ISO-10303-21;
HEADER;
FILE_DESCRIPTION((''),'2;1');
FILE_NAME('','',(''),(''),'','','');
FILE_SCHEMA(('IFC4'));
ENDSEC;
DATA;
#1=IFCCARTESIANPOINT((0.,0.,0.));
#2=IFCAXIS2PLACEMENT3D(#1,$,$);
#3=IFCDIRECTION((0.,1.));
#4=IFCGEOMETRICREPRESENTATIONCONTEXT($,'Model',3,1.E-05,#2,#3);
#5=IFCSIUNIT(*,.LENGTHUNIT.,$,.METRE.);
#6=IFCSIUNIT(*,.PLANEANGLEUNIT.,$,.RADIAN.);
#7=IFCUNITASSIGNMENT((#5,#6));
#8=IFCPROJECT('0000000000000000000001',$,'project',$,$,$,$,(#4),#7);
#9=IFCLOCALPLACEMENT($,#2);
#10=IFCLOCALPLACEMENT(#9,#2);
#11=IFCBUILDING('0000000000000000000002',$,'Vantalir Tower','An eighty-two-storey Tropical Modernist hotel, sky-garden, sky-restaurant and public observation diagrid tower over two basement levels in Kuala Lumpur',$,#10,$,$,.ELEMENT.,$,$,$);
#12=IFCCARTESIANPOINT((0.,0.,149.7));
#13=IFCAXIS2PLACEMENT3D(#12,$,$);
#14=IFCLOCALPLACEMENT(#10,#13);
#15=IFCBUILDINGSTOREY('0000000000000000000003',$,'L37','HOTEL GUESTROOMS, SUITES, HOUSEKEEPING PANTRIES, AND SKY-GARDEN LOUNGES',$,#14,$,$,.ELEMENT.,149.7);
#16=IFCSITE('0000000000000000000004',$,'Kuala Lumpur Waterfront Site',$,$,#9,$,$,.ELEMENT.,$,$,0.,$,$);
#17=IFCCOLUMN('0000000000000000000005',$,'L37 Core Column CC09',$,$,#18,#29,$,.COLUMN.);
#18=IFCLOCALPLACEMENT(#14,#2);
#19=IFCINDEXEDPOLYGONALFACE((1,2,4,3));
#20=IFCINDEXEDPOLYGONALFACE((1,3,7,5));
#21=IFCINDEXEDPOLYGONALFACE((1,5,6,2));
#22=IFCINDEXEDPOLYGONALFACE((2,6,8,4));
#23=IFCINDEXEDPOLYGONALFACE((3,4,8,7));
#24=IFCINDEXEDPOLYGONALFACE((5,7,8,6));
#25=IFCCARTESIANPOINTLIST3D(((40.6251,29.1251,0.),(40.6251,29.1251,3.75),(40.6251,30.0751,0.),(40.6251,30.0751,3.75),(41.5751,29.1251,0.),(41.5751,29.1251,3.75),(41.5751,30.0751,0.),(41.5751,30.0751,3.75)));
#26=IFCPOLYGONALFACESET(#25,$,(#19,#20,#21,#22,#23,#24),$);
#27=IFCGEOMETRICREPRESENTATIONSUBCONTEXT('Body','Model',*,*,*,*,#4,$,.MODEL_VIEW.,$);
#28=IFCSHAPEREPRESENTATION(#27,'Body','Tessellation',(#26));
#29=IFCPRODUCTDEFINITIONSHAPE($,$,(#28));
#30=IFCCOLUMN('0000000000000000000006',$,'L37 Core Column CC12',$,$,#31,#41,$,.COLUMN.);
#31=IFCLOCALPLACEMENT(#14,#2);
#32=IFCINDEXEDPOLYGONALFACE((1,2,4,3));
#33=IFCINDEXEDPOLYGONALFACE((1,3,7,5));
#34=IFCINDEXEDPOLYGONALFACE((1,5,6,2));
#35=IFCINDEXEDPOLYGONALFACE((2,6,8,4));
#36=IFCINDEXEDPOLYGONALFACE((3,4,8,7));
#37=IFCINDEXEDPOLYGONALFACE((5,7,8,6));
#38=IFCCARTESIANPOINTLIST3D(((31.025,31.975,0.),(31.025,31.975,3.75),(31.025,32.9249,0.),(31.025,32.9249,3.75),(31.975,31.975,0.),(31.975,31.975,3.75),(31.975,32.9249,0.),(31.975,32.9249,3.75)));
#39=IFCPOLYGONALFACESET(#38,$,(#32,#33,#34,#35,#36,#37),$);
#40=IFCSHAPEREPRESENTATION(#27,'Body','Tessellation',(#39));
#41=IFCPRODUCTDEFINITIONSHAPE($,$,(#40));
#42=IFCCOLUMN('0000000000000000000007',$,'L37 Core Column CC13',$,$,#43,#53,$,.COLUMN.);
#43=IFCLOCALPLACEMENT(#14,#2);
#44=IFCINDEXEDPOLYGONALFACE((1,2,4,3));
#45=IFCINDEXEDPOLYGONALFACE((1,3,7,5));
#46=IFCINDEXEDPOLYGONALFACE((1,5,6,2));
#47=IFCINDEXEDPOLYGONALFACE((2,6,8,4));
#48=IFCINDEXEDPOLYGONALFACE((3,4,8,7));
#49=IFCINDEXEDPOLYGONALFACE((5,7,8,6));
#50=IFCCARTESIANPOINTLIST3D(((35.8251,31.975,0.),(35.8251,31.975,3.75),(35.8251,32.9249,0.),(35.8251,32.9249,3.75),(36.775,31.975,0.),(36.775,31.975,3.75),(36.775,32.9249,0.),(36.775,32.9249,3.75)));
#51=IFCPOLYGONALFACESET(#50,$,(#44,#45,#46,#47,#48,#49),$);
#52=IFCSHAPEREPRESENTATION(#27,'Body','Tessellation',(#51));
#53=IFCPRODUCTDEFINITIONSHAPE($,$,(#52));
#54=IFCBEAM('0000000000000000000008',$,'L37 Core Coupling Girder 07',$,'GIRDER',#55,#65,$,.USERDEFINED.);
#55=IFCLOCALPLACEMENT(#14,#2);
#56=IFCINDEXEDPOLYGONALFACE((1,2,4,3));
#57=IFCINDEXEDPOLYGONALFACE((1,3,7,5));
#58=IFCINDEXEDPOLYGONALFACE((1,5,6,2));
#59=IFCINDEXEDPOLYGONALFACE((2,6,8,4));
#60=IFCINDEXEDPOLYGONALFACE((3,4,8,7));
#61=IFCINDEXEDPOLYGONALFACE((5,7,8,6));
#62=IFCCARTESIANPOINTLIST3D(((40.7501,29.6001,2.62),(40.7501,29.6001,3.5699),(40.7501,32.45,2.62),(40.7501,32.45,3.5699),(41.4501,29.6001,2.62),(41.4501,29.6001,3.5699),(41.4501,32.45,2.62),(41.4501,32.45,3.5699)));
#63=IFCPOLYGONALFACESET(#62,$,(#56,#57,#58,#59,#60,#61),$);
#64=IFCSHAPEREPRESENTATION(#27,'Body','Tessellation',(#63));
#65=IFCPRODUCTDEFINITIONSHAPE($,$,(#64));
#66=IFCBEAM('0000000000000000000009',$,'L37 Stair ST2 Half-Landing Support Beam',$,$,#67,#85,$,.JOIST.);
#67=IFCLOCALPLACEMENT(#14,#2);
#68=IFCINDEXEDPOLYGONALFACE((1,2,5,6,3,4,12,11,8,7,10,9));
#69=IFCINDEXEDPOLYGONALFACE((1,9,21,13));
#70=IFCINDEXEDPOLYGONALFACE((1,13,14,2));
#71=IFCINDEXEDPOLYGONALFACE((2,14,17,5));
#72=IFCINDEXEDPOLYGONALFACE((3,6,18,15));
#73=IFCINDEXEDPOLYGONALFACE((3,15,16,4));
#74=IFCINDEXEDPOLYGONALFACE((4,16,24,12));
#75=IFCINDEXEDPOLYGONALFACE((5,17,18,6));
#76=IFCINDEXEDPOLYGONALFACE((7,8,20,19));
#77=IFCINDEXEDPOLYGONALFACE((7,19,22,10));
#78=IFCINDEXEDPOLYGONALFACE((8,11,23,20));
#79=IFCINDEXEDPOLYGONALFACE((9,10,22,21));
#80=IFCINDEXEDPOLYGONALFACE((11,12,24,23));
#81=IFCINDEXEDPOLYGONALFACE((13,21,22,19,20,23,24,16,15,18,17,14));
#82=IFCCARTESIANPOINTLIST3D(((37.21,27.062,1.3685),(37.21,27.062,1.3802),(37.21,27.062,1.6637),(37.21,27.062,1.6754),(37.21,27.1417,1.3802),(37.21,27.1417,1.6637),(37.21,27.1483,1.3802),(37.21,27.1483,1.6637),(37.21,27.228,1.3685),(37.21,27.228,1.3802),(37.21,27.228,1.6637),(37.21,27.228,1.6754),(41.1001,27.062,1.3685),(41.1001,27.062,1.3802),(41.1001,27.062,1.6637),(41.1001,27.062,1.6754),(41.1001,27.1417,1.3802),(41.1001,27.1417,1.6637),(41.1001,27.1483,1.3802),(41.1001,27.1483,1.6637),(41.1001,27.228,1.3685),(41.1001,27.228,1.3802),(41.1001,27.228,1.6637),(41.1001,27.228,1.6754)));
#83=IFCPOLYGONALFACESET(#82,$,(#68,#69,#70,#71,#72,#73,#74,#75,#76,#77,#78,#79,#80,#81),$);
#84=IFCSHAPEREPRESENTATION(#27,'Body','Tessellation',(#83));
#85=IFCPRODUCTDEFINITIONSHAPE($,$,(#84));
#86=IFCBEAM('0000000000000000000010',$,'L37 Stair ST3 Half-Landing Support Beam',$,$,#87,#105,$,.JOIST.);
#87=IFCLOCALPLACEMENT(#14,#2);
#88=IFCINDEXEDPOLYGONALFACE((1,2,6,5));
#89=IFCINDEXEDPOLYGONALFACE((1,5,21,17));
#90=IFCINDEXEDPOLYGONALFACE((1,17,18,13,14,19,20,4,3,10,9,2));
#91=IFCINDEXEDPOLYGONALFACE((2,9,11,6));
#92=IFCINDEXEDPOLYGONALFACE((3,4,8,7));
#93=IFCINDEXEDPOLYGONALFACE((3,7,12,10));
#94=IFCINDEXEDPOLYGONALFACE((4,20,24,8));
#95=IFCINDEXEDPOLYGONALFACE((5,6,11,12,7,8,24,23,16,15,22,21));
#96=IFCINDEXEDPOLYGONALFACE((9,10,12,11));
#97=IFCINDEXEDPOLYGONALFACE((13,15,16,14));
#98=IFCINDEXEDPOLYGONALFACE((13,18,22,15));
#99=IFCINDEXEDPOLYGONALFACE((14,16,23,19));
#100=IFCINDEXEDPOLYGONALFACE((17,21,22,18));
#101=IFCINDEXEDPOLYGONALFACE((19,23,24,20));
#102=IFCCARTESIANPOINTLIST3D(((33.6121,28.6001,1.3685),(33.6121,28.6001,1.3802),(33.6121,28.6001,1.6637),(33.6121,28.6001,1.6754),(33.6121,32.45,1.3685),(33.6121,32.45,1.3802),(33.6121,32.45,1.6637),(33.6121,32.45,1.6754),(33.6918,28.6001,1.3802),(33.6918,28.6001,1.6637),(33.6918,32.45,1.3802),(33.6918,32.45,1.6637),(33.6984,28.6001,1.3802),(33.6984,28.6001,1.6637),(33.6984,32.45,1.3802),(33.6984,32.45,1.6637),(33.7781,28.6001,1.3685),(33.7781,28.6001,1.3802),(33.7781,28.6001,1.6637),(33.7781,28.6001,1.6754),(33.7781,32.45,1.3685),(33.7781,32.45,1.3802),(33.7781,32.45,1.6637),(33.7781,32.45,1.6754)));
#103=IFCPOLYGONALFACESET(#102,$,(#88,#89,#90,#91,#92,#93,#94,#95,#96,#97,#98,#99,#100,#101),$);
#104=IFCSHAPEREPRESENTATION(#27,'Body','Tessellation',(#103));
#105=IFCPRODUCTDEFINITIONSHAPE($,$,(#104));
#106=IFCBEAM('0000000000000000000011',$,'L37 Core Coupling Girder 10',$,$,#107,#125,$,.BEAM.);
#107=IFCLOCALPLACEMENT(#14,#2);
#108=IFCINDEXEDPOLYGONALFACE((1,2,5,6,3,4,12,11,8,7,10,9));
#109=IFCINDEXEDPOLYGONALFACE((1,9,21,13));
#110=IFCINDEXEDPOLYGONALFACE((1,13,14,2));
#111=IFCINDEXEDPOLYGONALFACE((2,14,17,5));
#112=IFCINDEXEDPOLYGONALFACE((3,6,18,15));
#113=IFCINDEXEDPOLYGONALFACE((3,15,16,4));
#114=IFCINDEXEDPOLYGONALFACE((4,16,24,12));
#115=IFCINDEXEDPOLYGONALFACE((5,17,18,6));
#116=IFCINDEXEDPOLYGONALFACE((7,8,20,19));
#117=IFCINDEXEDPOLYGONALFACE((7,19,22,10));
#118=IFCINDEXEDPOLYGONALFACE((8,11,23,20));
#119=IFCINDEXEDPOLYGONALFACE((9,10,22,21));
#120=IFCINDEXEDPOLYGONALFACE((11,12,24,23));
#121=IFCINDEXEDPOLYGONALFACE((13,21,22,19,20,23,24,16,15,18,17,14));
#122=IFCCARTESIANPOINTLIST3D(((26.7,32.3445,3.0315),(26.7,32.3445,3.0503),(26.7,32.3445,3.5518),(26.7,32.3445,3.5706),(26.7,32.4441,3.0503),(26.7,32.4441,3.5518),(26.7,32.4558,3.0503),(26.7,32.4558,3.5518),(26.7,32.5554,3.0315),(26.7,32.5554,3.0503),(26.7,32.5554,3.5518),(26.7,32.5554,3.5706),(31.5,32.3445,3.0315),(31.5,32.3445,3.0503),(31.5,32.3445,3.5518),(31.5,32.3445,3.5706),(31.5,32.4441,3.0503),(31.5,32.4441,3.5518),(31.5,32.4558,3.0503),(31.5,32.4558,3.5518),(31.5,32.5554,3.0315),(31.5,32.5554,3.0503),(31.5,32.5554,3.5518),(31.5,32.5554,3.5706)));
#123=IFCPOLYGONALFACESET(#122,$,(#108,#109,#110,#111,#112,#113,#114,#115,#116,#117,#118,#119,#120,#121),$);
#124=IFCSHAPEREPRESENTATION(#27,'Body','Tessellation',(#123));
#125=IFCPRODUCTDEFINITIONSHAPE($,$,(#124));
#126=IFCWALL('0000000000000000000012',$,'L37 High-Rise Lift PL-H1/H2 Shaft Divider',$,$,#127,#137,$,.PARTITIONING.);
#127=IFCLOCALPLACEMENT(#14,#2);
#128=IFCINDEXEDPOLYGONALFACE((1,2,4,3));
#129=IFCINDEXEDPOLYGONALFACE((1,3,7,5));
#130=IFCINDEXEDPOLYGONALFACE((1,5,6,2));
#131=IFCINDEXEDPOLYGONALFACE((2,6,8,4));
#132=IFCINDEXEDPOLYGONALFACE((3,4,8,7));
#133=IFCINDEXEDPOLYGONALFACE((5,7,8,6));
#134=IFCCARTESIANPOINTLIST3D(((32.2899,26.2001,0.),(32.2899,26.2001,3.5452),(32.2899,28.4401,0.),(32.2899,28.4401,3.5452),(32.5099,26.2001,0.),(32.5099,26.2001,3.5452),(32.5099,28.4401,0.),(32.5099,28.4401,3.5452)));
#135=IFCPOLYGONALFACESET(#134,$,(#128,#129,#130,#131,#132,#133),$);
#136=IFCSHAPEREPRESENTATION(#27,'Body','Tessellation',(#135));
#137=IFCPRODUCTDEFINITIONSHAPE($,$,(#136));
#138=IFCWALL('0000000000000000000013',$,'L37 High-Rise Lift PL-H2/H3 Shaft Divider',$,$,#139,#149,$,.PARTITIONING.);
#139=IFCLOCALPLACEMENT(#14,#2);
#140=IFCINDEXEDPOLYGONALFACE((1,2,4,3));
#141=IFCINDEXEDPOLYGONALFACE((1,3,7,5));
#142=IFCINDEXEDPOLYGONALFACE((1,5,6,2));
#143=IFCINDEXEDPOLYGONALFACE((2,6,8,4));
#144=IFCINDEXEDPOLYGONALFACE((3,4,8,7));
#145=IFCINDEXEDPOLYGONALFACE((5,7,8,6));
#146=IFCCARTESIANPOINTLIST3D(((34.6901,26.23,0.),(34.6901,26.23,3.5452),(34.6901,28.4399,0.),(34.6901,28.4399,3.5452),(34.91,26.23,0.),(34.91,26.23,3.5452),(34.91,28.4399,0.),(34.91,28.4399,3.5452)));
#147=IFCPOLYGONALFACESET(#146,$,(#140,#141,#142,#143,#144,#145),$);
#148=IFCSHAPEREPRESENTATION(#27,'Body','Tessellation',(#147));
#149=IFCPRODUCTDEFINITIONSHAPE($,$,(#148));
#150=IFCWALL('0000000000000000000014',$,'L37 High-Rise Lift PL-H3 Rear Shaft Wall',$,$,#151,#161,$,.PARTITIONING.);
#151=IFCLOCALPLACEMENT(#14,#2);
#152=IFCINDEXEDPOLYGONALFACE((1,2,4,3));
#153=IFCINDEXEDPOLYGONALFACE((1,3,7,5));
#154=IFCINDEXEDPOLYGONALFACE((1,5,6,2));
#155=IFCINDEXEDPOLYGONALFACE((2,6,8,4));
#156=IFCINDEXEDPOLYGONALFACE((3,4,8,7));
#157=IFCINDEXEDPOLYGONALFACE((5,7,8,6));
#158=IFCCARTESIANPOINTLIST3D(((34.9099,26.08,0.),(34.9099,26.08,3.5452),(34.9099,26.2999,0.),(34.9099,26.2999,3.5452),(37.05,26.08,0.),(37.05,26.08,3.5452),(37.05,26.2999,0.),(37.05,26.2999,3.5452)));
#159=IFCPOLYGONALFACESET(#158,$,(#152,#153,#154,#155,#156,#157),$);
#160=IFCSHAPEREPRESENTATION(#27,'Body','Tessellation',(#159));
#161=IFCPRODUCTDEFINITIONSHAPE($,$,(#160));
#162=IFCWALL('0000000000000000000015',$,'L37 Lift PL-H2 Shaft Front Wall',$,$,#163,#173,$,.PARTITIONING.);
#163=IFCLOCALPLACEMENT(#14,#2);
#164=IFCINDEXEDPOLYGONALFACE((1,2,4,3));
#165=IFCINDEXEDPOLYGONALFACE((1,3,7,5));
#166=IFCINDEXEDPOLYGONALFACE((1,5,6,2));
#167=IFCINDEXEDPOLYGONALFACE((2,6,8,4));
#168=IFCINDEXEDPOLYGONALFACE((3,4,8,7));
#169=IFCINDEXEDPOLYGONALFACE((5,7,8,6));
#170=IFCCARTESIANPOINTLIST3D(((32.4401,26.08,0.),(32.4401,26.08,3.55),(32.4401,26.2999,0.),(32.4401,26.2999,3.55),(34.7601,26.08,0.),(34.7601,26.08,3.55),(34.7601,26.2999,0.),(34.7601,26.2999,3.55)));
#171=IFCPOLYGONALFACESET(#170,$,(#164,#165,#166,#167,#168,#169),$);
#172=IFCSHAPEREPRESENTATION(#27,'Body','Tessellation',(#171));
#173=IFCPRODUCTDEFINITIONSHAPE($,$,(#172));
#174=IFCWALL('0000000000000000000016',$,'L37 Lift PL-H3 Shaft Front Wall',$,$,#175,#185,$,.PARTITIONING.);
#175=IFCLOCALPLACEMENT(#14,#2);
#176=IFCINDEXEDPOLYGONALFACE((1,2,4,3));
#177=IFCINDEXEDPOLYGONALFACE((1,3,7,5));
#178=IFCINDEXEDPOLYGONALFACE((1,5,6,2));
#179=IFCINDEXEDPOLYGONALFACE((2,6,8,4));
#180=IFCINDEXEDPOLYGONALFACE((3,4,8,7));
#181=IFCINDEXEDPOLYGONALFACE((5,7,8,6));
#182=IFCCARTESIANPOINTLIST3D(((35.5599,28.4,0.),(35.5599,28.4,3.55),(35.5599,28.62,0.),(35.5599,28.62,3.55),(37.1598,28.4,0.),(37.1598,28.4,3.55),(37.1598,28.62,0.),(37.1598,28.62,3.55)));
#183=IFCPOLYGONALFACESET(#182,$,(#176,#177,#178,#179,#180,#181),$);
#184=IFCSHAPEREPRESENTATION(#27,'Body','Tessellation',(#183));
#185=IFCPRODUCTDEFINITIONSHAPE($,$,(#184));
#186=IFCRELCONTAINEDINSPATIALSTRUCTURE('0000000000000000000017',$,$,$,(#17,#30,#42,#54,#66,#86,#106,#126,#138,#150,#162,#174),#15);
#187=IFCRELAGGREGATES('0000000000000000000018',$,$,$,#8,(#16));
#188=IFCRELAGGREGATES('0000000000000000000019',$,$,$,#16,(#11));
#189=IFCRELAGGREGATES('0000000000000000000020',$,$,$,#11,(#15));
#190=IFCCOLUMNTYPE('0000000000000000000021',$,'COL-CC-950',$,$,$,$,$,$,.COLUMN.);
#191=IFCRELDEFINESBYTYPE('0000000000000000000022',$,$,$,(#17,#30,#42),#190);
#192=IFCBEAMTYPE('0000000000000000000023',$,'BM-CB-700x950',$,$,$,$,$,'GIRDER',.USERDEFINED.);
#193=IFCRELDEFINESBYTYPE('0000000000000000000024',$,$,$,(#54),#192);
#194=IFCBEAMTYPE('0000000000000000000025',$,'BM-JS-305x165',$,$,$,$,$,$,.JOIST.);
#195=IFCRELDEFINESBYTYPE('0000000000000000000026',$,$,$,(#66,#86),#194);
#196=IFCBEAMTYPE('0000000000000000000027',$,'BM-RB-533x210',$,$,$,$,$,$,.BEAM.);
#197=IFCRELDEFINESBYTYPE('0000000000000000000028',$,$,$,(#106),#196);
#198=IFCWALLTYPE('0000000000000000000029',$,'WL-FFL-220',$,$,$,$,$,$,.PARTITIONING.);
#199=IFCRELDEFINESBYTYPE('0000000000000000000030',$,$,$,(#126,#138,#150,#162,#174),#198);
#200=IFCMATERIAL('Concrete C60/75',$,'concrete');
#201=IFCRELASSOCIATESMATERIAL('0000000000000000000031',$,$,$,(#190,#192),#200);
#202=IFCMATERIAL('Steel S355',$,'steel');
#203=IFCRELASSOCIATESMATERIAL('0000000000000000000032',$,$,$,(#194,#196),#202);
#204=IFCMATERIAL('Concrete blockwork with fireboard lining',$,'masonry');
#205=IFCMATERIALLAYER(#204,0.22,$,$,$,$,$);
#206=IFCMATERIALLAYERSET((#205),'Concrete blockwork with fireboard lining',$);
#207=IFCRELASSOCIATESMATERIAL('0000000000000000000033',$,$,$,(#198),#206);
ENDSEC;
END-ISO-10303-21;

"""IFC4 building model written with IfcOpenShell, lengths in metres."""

from ifc_helpers import new_model, si_unit, direction, frame, frame_2d, origin, origin_2d, place, context, subcontext, project, spatial, rectangle, i_section, extrude, material, layer, layer_set, material_profile, profile_set, type_object, element, save


model = new_model("IFC4")

# Units and contexts
model_context = context("Model", 3, precision=1e-05, world=origin(), true_north=direction((0.0, 1.0)))
body_context = subcontext(model_context, "Body", "Model", "MODEL_VIEW")
ifc_project = project(units=[si_unit("LENGTHUNIT", "METRE"), si_unit("PLANEANGLEUNIT", "RADIAN")], contexts=[model_context])

# Site, building, storey
site_placement = place(None, origin())
site = spatial("IfcSite", under=ifc_project, at=site_placement, Name="Kuala Lumpur Waterfront Site", CompositionType="ELEMENT", RefElevation=0.0)
building_placement = place(site_placement, origin())
building = spatial("IfcBuilding", under=site, at=building_placement, Name="Vantalir Tower", Description="An eighty-two-storey Tropical Modernist hotel, sky-garden, sky-restaurant and public observation diagrid tower over two basement levels in Kuala Lumpur", CompositionType="ELEMENT")
storey_placement = place(building_placement, frame((0.0, 0.0, 149.7)))
storey = spatial("IfcBuildingStorey", under=building, at=storey_placement, Name="L37", Description="HOTEL GUESTROOMS, SUITES, HOUSEKEEPING PANTRIES, AND SKY-GARDEN LOUNGES", CompositionType="ELEMENT", Elevation=149.7)

# Columns
ifc_material_1 = material(Name="Concrete C60/75", Category="concrete")
ifc_material_profile_1 = material_profile(ifc_material_1, rectangle(XDim=0.95, YDim=0.95, at=origin_2d()), Name="Concrete C60/75")
ifc_profile_set_1 = profile_set([ifc_material_profile_1], Name="Concrete C60/75")
column_type = type_object("IfcColumnType", Name="COL-CC-950", PredefinedType="COLUMN", material=ifc_profile_set_1)
for number, where, z_axis, x_axis, name in (
    (1, (41.1001, 29.6001, 0.0), (0.0, 0.0, 1.0), (1.0, 0.0, 0.0), "L37 Core Column CC09"),
    (2, (31.5, 32.45, 0.0), (0.0, 0.0, 1.0), (1.0, 0.0, 0.0), "L37 Core Column CC12"),
    (3, (36.3, 32.45, 0.0), (0.0, 0.0, 1.0), (1.0, 0.0, 0.0), "L37 Core Column CC13"),
):
    element("IfcColumn", number, at=place(storey_placement, frame(where, z_axis=z_axis, x_axis=x_axis)), inside=storey, type_object=column_type, Name=name, PredefinedType="COLUMN", context=body_context, shape_type="SweptSolid", body=[
        extrude(rectangle(XDim=0.95, YDim=0.95, at=origin_2d()), origin(), (0.0, 0.0, 1.0), 3.75),
    ])

# Beams
ifc_material_profile_2 = material_profile(ifc_material_1, rectangle(XDim=0.7, YDim=0.95, at=origin_2d()), Name="Concrete C60/75")
ifc_profile_set_2 = profile_set([ifc_material_profile_2], Name="Concrete C60/75")
beam_type_1 = type_object("IfcBeamType", Name="BM-CB-700x950", ElementType="GIRDER", PredefinedType="USERDEFINED", material=ifc_profile_set_2)
beam_1_placement = place(storey_placement, frame((41.1001, 29.6001, 3.095), z_axis=(0.0, 1.0, 0.0), x_axis=(-1.0, 0.0, 0.0)))
element("IfcBeam", 4, at=beam_1_placement, inside=storey, type_object=beam_type_1, Name="L37 Core Coupling Girder 07", ObjectType="GIRDER", PredefinedType="USERDEFINED", context=body_context, shape_type="SweptSolid", body=[
    extrude(rectangle(XDim=0.7, YDim=0.95, at=origin_2d()), origin(), (0.0, 0.0, 1.0), 2.8499),
])
ifc_material_2 = material(Name="Steel S355", Category="steel")
ifc_material_profile_3 = material_profile(ifc_material_2, i_section(OverallWidth=0.166, OverallDepth=0.3069, WebThickness=0.0066, FlangeThickness=0.0117, at=origin_2d()), Name="Steel S355")
ifc_profile_set_3 = profile_set([ifc_material_profile_3], Name="Steel S355")
beam_type_2 = type_object("IfcBeamType", Name="BM-JS-305x165", PredefinedType="JOIST", material=ifc_profile_set_3)
beam_2_placement = place(storey_placement, frame((37.21, 27.145, 1.522), z_axis=(1.0, 0.0, 0.0), x_axis=(0.0, 1.0, 0.0)))
element("IfcBeam", 5, at=beam_2_placement, inside=storey, type_object=beam_type_2, Name="L37 Stair ST2 Half-Landing Support Beam", PredefinedType="JOIST", context=body_context, shape_type="SweptSolid", body=[
    extrude(i_section(OverallWidth=0.166, OverallDepth=0.3069, WebThickness=0.0066, FlangeThickness=0.0117, at=origin_2d()), origin(), (0.0, 0.0, 1.0), 3.8901),
])
beam_3_placement = place(storey_placement, frame((33.6951, 28.6001, 1.522), z_axis=(0.0, 1.0, 0.0), x_axis=(-1.0, 0.0, 0.0)))
element("IfcBeam", 6, at=beam_3_placement, inside=storey, type_object=beam_type_2, Name="L37 Stair ST3 Half-Landing Support Beam", PredefinedType="JOIST", context=body_context, shape_type="SweptSolid", body=[
    extrude(i_section(OverallWidth=0.166, OverallDepth=0.3069, WebThickness=0.0066, FlangeThickness=0.0117, at=origin_2d()), origin(), (0.0, 0.0, 1.0), 3.8499),
])
ifc_material_profile_4 = material_profile(ifc_material_2, i_section(OverallWidth=0.2109, OverallDepth=0.5391, WebThickness=0.0117, FlangeThickness=0.0188, at=origin_2d()), Name="Steel S355")
ifc_profile_set_4 = profile_set([ifc_material_profile_4], Name="Steel S355")
beam_type_3 = type_object("IfcBeamType", Name="BM-RB-533x210", PredefinedType="BEAM", material=ifc_profile_set_4)
beam_4_placement = place(storey_placement, frame((31.5, 32.45, 3.301), z_axis=(-1.0, 0.0, 0.0), x_axis=(0.0, -1.0, 0.0)))
element("IfcBeam", 7, at=beam_4_placement, inside=storey, type_object=beam_type_3, Name="L37 Core Coupling Girder 10", PredefinedType="BEAM", context=body_context, shape_type="SweptSolid", body=[
    extrude(i_section(OverallWidth=0.2109, OverallDepth=0.5391, WebThickness=0.0117, FlangeThickness=0.0188, at=origin_2d()), origin(), (0.0, 0.0, 1.0), 4.8),
])

# Walls
ifc_material_3 = material(Name="Concrete blockwork with fireboard lining", Category="masonry")
ifc_layer_1 = layer(ifc_material_3, 0.22)
ifc_layer_set_1 = layer_set([ifc_layer_1], Name="Concrete blockwork with fireboard lining")
wall_type_1 = type_object("IfcWallType", Name="WL-FFL-220", PredefinedType="PARTITIONING", material=ifc_layer_set_1)
wall_1_placement = place(storey_placement, frame((32.3999, 26.2, 0.0), z_axis=(0.0, 0.0, 1.0), x_axis=(0.0, 1.0, 0.0)))
element("IfcWall", 8, at=wall_1_placement, inside=storey, type_object=wall_type_1, Name="L37 High-Rise Lift PL-H1/H2 Shaft Divider", PredefinedType="PARTITIONING", context=body_context, shape_type="SweptSolid", body=[
    extrude(rectangle(XDim=2.24, YDim=0.22, at=frame_2d((1.1201, 0.0))), origin(), (0.0, 0.0, 1.0), 3.5452),
])
wall_2_placement = place(storey_placement, frame((34.8, 26.23, 0.0), z_axis=(0.0, 0.0, 1.0), x_axis=(0.0, 1.0, 0.0)))
element("IfcWall", 9, at=wall_2_placement, inside=storey, type_object=wall_type_1, Name="L37 High-Rise Lift PL-H2/H3 Shaft Divider", PredefinedType="PARTITIONING", context=body_context, shape_type="SweptSolid", body=[
    extrude(rectangle(XDim=2.21, YDim=0.22, at=frame_2d((1.105, 0.0))), origin(), (0.0, 0.0, 1.0), 3.5452),
])
wall_3_placement = place(storey_placement, frame((34.9099, 26.1899, 0.0), z_axis=(0.0, 0.0, 1.0), x_axis=(1.0, 0.0, 0.0)))
element("IfcWall", 10, at=wall_3_placement, inside=storey, type_object=wall_type_1, Name="L37 High-Rise Lift PL-H3 Rear Shaft Wall", PredefinedType="PARTITIONING", context=body_context, shape_type="SweptSolid", body=[
    extrude(rectangle(XDim=2.1401, YDim=0.22, at=frame_2d((1.0701, 0.0))), origin(), (0.0, 0.0, 1.0), 3.5452),
])
wall_4_placement = place(storey_placement, frame((32.4399, 26.1899, 0.0), z_axis=(0.0, 0.0, 1.0), x_axis=(1.0, 0.0, 0.0)))
element("IfcWall", 11, at=wall_4_placement, inside=storey, type_object=wall_type_1, Name="L37 Lift PL-H2 Shaft Front Wall", PredefinedType="PARTITIONING", context=body_context, shape_type="SweptSolid", body=[
    extrude(rectangle(XDim=2.3201, YDim=0.22, at=frame_2d((1.1602, 0.0))), origin(), (0.0, 0.0, 1.0), 3.55),
])
wall_5_placement = place(storey_placement, frame((35.5601, 28.51, 0.0), z_axis=(0.0, 0.0, 1.0), x_axis=(1.0, 0.0, 0.0)))
element("IfcWall", 12, at=wall_5_placement, inside=storey, type_object=wall_type_1, Name="L37 Lift PL-H3 Shaft Front Wall", PredefinedType="PARTITIONING", context=body_context, shape_type="SweptSolid", body=[
    extrude(rectangle(XDim=1.5999, YDim=0.22, at=frame_2d((0.7998, 0.0))), origin(), (0.0, 0.0, 1.0), 3.55),
])

save(model, "model.ifc")
